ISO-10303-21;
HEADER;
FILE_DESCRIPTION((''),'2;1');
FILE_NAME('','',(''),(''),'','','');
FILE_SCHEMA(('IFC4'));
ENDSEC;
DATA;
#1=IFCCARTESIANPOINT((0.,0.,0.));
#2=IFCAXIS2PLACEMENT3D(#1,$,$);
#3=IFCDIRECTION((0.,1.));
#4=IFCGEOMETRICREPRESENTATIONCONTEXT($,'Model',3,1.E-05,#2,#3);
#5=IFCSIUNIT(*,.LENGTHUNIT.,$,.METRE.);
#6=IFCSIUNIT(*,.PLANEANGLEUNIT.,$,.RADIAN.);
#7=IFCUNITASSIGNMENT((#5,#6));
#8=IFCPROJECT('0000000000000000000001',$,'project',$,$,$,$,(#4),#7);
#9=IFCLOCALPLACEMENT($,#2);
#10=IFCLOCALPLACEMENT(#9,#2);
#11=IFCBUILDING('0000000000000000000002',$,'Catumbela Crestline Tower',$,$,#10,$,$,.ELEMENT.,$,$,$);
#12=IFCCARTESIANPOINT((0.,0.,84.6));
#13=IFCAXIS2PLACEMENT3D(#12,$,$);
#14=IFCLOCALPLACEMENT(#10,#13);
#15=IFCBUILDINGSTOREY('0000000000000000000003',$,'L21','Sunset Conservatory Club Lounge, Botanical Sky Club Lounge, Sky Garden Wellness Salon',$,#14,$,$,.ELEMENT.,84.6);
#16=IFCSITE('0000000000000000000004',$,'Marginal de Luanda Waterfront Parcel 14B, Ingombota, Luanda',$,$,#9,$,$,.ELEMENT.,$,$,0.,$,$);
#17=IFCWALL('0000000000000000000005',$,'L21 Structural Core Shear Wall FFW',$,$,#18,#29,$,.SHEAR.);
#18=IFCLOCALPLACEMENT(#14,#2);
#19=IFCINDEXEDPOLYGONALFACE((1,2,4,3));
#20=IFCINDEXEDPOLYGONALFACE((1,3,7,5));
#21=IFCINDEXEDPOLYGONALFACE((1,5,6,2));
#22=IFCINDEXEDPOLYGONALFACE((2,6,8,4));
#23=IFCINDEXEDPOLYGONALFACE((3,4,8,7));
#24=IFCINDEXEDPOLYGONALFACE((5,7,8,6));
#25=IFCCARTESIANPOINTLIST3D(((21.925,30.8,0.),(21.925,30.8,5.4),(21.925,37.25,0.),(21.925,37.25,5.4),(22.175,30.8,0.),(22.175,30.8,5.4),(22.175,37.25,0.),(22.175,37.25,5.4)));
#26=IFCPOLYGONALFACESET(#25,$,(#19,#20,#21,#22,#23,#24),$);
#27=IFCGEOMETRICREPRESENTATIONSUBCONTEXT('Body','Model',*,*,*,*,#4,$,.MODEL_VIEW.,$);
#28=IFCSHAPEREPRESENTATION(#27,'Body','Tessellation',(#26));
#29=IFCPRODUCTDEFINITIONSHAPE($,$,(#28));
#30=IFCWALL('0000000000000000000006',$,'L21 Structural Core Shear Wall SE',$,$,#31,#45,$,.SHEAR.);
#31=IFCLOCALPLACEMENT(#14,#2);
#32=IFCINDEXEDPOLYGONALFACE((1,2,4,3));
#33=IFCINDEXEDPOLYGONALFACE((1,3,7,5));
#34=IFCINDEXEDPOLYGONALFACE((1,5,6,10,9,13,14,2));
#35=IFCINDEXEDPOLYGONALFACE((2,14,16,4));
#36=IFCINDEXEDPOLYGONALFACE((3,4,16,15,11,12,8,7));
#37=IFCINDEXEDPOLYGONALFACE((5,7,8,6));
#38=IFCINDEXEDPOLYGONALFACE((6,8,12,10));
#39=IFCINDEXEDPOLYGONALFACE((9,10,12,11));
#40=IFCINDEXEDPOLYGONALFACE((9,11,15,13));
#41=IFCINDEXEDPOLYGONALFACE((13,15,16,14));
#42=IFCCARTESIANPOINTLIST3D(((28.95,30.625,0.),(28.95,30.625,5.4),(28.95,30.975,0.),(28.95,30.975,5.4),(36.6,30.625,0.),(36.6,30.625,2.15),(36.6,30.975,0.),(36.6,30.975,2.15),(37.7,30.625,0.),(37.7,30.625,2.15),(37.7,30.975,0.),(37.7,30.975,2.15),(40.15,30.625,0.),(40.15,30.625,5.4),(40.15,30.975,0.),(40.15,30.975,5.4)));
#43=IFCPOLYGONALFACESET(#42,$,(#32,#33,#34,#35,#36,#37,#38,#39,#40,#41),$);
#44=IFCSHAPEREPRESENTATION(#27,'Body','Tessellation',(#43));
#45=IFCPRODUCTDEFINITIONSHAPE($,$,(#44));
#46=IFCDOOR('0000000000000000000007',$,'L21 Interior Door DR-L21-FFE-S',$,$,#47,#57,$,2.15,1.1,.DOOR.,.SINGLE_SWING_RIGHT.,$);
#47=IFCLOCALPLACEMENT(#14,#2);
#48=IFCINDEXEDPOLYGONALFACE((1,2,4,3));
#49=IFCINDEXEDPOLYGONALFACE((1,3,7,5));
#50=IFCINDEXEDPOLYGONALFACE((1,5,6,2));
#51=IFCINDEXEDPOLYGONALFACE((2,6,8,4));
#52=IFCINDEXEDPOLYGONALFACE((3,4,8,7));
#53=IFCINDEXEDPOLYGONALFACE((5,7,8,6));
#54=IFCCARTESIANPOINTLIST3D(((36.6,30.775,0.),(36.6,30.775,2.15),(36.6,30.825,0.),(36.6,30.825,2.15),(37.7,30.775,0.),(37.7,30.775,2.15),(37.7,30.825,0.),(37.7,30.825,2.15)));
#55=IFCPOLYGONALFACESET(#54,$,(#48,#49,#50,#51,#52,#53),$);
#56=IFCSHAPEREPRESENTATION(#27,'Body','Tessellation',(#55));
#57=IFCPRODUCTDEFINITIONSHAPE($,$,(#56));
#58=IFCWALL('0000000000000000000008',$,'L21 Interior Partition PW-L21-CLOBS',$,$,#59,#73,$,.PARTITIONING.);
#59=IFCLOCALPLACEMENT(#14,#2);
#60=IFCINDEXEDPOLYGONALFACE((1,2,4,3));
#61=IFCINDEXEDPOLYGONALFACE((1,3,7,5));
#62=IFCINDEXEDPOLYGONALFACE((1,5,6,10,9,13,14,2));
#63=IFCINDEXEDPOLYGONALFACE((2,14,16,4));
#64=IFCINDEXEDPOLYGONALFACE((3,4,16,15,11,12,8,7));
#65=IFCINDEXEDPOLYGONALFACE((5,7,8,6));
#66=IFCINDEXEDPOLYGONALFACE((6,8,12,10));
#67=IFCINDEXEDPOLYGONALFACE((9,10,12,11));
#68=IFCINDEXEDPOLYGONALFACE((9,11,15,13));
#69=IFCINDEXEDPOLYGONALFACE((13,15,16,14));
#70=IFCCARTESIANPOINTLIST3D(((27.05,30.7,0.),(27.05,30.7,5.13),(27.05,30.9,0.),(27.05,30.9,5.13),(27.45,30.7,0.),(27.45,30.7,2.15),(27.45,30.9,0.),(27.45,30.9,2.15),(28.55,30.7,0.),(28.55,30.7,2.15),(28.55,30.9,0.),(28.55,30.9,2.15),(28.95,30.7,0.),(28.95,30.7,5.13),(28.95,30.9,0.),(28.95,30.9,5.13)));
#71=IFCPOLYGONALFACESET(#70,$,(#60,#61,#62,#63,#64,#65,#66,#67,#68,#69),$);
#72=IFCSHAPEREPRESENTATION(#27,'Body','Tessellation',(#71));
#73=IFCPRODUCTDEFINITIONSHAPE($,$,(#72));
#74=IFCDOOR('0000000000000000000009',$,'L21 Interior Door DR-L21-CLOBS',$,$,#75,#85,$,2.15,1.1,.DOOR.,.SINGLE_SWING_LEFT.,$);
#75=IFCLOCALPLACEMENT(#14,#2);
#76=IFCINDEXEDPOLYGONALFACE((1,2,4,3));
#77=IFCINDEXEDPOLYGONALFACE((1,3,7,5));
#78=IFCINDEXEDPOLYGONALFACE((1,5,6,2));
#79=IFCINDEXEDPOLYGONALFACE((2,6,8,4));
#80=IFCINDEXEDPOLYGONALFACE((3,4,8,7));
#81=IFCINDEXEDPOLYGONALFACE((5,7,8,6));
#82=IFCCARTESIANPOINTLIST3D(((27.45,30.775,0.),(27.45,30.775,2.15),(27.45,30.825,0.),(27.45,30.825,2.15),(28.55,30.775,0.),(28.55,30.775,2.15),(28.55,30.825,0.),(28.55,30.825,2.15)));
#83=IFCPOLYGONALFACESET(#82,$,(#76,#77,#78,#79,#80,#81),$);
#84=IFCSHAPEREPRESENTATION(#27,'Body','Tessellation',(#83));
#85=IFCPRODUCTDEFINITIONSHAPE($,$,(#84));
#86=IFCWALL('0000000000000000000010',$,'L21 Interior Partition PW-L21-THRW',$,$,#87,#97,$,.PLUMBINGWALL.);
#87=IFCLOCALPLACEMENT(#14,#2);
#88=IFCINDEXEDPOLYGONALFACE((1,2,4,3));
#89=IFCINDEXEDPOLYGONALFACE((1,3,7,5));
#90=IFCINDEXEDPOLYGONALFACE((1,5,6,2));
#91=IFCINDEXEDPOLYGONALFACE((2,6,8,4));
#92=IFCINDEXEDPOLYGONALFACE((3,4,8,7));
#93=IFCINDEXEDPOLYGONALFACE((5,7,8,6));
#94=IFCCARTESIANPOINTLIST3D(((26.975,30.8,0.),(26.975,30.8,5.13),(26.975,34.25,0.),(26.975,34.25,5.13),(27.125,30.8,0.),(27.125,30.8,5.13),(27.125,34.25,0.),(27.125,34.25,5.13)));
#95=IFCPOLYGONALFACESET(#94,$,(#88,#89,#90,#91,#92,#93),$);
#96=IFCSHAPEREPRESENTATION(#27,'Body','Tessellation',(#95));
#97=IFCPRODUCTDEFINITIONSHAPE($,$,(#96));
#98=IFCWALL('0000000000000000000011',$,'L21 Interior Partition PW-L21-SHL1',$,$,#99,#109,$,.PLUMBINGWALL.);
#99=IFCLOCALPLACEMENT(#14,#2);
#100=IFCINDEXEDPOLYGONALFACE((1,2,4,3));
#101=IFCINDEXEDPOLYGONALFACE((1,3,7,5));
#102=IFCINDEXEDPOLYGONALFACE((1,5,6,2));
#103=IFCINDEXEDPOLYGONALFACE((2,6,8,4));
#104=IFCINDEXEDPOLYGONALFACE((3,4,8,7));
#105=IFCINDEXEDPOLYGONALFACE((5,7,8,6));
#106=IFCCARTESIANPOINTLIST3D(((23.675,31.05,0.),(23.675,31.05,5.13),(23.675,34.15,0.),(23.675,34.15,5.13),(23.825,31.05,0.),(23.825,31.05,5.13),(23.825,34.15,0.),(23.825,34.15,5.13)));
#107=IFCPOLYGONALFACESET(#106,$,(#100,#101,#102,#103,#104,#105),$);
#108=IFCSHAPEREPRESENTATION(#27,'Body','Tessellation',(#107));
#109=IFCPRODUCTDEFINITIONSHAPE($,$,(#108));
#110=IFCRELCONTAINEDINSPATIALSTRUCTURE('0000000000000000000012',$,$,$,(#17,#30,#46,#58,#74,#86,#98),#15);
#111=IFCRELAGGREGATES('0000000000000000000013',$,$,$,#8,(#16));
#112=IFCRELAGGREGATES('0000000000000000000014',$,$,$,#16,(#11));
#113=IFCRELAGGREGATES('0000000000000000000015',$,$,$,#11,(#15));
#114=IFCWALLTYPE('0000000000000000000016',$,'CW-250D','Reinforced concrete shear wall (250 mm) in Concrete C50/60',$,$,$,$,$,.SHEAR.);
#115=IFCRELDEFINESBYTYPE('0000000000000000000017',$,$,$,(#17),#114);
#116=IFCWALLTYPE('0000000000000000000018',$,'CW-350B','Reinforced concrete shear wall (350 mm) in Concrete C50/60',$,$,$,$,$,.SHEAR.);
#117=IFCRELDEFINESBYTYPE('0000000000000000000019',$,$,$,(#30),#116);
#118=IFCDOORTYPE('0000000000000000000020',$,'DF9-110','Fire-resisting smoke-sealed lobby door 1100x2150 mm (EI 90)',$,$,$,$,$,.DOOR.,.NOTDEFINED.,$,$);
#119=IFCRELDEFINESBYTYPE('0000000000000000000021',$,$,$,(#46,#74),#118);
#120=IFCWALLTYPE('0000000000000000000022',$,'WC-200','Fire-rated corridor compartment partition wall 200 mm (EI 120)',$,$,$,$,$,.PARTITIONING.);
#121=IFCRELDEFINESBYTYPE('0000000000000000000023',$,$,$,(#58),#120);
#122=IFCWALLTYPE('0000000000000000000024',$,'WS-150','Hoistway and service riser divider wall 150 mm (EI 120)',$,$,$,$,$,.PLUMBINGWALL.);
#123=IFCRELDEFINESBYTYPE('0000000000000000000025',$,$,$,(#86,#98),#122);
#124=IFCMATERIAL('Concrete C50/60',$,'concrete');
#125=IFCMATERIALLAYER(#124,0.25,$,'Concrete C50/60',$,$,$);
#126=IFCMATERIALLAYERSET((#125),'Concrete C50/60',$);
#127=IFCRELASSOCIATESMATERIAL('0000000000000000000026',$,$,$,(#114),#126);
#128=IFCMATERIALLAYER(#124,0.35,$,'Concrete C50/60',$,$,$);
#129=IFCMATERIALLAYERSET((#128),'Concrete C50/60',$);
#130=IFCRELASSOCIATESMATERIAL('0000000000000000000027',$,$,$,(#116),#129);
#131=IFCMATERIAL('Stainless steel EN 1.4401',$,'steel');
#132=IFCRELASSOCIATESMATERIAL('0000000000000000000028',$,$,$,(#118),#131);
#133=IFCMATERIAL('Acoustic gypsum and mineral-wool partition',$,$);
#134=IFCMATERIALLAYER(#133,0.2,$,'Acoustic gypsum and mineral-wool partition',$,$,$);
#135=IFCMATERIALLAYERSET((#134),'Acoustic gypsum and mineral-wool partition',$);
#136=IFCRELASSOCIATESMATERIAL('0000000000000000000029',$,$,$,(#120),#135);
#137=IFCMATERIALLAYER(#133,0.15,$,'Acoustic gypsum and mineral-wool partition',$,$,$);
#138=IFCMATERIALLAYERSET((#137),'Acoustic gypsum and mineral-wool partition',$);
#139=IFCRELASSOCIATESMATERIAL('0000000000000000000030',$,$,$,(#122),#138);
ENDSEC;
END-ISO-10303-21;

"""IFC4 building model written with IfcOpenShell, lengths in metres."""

from ifc_helpers import new_model, si_unit, direction, frame, frame_2d, origin, place, context, subcontext, project, spatial, rectangle, extrude, material, layer, layer_set, type_object, element, fill, save


model = new_model("IFC4")

# Units and contexts
model_context = context("Model", 3, precision=1e-05, world=origin(), true_north=direction((0.0, 1.0)))
body_context = subcontext(model_context, "Body", "Model", "MODEL_VIEW")
ifc_project = project(units=[si_unit("LENGTHUNIT", "METRE"), si_unit("PLANEANGLEUNIT", "RADIAN")], contexts=[model_context])

# Site, building, storey
site_placement = place(None, origin())
site = spatial("IfcSite", under=ifc_project, at=site_placement, Name="Marginal de Luanda Waterfront Parcel 14B, Ingombota, Luanda", CompositionType="ELEMENT", RefElevation=0.0)
building_placement = place(site_placement, origin())
building = spatial("IfcBuilding", under=site, at=building_placement, Name="Catumbela Crestline Tower", CompositionType="ELEMENT")
storey_placement = place(building_placement, frame((0.0, 0.0, 84.6)))
storey = spatial("IfcBuildingStorey", under=building, at=storey_placement, Name="L21", Description="Sunset Conservatory Club Lounge, Botanical Sky Club Lounge, Sky Garden Wellness Salon", CompositionType="ELEMENT", Elevation=84.6)

# Shared definitions
ifc_material_1 = material(Name="Concrete C50/60", Category="concrete")

# Wall
ifc_layer_1 = layer(ifc_material_1, 0.25, Name="Concrete C50/60")
ifc_layer_set_1 = layer_set([ifc_layer_1], Name="Concrete C50/60")
wall_type_1 = type_object("IfcWallType", Name="CW-250D", Description="Reinforced concrete shear wall (250 mm) in Concrete C50/60", PredefinedType="SHEAR", material=ifc_layer_set_1)
wall_1_placement = place(storey_placement, frame((22.05, 30.8, 0.0), z_axis=(0.0, 0.0, 1.0), x_axis=(0.0, 1.0, 0.0)))
element("IfcWall", 1, at=wall_1_placement, inside=storey, type_object=wall_type_1, Name="L21 Structural Core Shear Wall FFW", PredefinedType="SHEAR", context=body_context, shape_type="SweptSolid", body=[
    extrude(rectangle(XDim=6.45, YDim=0.25, at=frame_2d((3.225, 0.0))), origin(), (0.0, 0.0, 1.0), 5.4),
])

# Walls, openings, doors
ifc_layer_2 = layer(ifc_material_1, 0.35, Name="Concrete C50/60")
ifc_layer_set_2 = layer_set([ifc_layer_2], Name="Concrete C50/60")
wall_type_2 = type_object("IfcWallType", Name="CW-350B", Description="Reinforced concrete shear wall (350 mm) in Concrete C50/60", PredefinedType="SHEAR", material=ifc_layer_set_2)
wall_2_placement = place(storey_placement, frame((28.95, 30.8, 0.0), z_axis=(0.0, 0.0, 1.0), x_axis=(1.0, 0.0, 0.0)))
wall_2 = element("IfcWall", 2, at=wall_2_placement, inside=storey, type_object=wall_type_2, Name="L21 Structural Core Shear Wall SE", PredefinedType="SHEAR", context=body_context, shape_type="SweptSolid", body=[
    extrude(rectangle(XDim=11.2, YDim=0.35, at=frame_2d((5.6, 0.0))), origin(), (0.0, 0.0, 1.0), 5.4),
])
opening_1_placement = place(wall_2_placement, frame((7.65, 0.0, 0.0)))
opening_1 = element("IfcOpeningElement", 3, at=opening_1_placement, cuts=wall_2, PredefinedType="OPENING", context=body_context, shape_type="SweptSolid", body=[
    extrude(rectangle(XDim=1.1, YDim=2.15, at=frame_2d((0.55, 1.075))), frame((0.0, 0.185, 0.0), z_axis=(0.0, -1.0, 0.0), x_axis=(1.0, 0.0, 0.0)), (0.0, 0.0, 1.0), 0.37),
])
ifc_material_2 = material(Name="Stainless steel EN 1.4401", Category="steel")
door_type = type_object("IfcDoorType", Name="DF9-110", Description="Fire-resisting smoke-sealed lobby door 1100x2150 mm (EI 90)", OperationType="NOTDEFINED", PredefinedType="DOOR", material=ifc_material_2)
door_1_placement = place(opening_1_placement, origin())
door_1 = element("IfcDoor", 4, at=door_1_placement, inside=storey, type_object=door_type, Name="L21 Interior Door DR-L21-FFE-S", OperationType="SINGLE_SWING_RIGHT", OverallHeight=2.15, OverallWidth=1.1, PredefinedType="DOOR", context=body_context, shape_type="SweptSolid", body=[
    extrude(rectangle(XDim=1.1, YDim=2.15, at=frame_2d((0.55, 1.075))), frame((0.0, 0.025, 0.0), z_axis=(0.0, -1.0, 0.0), x_axis=(1.0, 0.0, 0.0)), (0.0, 0.0, 1.0), 0.05),
])
fill(opening_1, door_1)
ifc_material_3 = material(Name="Acoustic gypsum and mineral-wool partition")
ifc_layer_3 = layer(ifc_material_3, 0.2, Name="Acoustic gypsum and mineral-wool partition")
ifc_layer_set_3 = layer_set([ifc_layer_3], Name="Acoustic gypsum and mineral-wool partition")
wall_type_3 = type_object("IfcWallType", Name="WC-200", Description="Fire-rated corridor compartment partition wall 200 mm (EI 120)", PredefinedType="PARTITIONING", material=ifc_layer_set_3)
wall_3_placement = place(storey_placement, frame((27.05, 30.8, 0.0), z_axis=(0.0, 0.0, 1.0), x_axis=(1.0, 0.0, 0.0)))
wall_3 = element("IfcWall", 5, at=wall_3_placement, inside=storey, type_object=wall_type_3, Name="L21 Interior Partition PW-L21-CLOBS", PredefinedType="PARTITIONING", context=body_context, shape_type="SweptSolid", body=[
    extrude(rectangle(XDim=1.9, YDim=0.2, at=frame_2d((0.95, 0.0))), origin(), (0.0, 0.0, 1.0), 5.13),
])
opening_2_placement = place(wall_3_placement, frame((0.4, 0.0, 0.0)))
opening_2 = element("IfcOpeningElement", 6, at=opening_2_placement, cuts=wall_3, PredefinedType="OPENING", context=body_context, shape_type="SweptSolid", body=[
    extrude(rectangle(XDim=1.1, YDim=2.15, at=frame_2d((0.55, 1.075))), frame((0.0, 0.11, 0.0), z_axis=(0.0, -1.0, 0.0), x_axis=(1.0, 0.0, 0.0)), (0.0, 0.0, 1.0), 0.22),
])
door_2_placement = place(opening_2_placement, origin())
door_2 = element("IfcDoor", 7, at=door_2_placement, inside=storey, type_object=door_type, Name="L21 Interior Door DR-L21-CLOBS", OperationType="SINGLE_SWING_LEFT", OverallHeight=2.15, OverallWidth=1.1, PredefinedType="DOOR", context=body_context, shape_type="SweptSolid", body=[
    extrude(rectangle(XDim=1.1, YDim=2.15, at=frame_2d((0.55, 1.075))), frame((0.0, 0.025, 0.0), z_axis=(0.0, -1.0, 0.0), x_axis=(1.0, 0.0, 0.0)), (0.0, 0.0, 1.0), 0.05),
])
fill(opening_2, door_2)

# Walls
ifc_layer_4 = layer(ifc_material_3, 0.15, Name="Acoustic gypsum and mineral-wool partition")
ifc_layer_set_4 = layer_set([ifc_layer_4], Name="Acoustic gypsum and mineral-wool partition")
wall_type_4 = type_object("IfcWallType", Name="WS-150", Description="Hoistway and service riser divider wall 150 mm (EI 120)", PredefinedType="PLUMBINGWALL", material=ifc_layer_set_4)
wall_4_placement = place(storey_placement, frame((27.05, 30.8, 0.0), z_axis=(0.0, 0.0, 1.0), x_axis=(0.0, 1.0, 0.0)))
element("IfcWall", 8, at=wall_4_placement, inside=storey, type_object=wall_type_4, Name="L21 Interior Partition PW-L21-THRW", PredefinedType="PLUMBINGWALL", context=body_context, shape_type="SweptSolid", body=[
    extrude(rectangle(XDim=3.45, YDim=0.15, at=frame_2d((1.725, 0.0))), origin(), (0.0, 0.0, 1.0), 5.13),
])
wall_5_placement = place(storey_placement, frame((23.75, 31.05, 0.0), z_axis=(0.0, 0.0, 1.0), x_axis=(0.0, 1.0, 0.0)))
element("IfcWall", 9, at=wall_5_placement, inside=storey, type_object=wall_type_4, Name="L21 Interior Partition PW-L21-SHL1", PredefinedType="PLUMBINGWALL", context=body_context, shape_type="SweptSolid", body=[
    extrude(rectangle(XDim=3.1, YDim=0.15, at=frame_2d((1.55, 0.0))), origin(), (0.0, 0.0, 1.0), 5.13),
])

save(model, "model.ifc")
